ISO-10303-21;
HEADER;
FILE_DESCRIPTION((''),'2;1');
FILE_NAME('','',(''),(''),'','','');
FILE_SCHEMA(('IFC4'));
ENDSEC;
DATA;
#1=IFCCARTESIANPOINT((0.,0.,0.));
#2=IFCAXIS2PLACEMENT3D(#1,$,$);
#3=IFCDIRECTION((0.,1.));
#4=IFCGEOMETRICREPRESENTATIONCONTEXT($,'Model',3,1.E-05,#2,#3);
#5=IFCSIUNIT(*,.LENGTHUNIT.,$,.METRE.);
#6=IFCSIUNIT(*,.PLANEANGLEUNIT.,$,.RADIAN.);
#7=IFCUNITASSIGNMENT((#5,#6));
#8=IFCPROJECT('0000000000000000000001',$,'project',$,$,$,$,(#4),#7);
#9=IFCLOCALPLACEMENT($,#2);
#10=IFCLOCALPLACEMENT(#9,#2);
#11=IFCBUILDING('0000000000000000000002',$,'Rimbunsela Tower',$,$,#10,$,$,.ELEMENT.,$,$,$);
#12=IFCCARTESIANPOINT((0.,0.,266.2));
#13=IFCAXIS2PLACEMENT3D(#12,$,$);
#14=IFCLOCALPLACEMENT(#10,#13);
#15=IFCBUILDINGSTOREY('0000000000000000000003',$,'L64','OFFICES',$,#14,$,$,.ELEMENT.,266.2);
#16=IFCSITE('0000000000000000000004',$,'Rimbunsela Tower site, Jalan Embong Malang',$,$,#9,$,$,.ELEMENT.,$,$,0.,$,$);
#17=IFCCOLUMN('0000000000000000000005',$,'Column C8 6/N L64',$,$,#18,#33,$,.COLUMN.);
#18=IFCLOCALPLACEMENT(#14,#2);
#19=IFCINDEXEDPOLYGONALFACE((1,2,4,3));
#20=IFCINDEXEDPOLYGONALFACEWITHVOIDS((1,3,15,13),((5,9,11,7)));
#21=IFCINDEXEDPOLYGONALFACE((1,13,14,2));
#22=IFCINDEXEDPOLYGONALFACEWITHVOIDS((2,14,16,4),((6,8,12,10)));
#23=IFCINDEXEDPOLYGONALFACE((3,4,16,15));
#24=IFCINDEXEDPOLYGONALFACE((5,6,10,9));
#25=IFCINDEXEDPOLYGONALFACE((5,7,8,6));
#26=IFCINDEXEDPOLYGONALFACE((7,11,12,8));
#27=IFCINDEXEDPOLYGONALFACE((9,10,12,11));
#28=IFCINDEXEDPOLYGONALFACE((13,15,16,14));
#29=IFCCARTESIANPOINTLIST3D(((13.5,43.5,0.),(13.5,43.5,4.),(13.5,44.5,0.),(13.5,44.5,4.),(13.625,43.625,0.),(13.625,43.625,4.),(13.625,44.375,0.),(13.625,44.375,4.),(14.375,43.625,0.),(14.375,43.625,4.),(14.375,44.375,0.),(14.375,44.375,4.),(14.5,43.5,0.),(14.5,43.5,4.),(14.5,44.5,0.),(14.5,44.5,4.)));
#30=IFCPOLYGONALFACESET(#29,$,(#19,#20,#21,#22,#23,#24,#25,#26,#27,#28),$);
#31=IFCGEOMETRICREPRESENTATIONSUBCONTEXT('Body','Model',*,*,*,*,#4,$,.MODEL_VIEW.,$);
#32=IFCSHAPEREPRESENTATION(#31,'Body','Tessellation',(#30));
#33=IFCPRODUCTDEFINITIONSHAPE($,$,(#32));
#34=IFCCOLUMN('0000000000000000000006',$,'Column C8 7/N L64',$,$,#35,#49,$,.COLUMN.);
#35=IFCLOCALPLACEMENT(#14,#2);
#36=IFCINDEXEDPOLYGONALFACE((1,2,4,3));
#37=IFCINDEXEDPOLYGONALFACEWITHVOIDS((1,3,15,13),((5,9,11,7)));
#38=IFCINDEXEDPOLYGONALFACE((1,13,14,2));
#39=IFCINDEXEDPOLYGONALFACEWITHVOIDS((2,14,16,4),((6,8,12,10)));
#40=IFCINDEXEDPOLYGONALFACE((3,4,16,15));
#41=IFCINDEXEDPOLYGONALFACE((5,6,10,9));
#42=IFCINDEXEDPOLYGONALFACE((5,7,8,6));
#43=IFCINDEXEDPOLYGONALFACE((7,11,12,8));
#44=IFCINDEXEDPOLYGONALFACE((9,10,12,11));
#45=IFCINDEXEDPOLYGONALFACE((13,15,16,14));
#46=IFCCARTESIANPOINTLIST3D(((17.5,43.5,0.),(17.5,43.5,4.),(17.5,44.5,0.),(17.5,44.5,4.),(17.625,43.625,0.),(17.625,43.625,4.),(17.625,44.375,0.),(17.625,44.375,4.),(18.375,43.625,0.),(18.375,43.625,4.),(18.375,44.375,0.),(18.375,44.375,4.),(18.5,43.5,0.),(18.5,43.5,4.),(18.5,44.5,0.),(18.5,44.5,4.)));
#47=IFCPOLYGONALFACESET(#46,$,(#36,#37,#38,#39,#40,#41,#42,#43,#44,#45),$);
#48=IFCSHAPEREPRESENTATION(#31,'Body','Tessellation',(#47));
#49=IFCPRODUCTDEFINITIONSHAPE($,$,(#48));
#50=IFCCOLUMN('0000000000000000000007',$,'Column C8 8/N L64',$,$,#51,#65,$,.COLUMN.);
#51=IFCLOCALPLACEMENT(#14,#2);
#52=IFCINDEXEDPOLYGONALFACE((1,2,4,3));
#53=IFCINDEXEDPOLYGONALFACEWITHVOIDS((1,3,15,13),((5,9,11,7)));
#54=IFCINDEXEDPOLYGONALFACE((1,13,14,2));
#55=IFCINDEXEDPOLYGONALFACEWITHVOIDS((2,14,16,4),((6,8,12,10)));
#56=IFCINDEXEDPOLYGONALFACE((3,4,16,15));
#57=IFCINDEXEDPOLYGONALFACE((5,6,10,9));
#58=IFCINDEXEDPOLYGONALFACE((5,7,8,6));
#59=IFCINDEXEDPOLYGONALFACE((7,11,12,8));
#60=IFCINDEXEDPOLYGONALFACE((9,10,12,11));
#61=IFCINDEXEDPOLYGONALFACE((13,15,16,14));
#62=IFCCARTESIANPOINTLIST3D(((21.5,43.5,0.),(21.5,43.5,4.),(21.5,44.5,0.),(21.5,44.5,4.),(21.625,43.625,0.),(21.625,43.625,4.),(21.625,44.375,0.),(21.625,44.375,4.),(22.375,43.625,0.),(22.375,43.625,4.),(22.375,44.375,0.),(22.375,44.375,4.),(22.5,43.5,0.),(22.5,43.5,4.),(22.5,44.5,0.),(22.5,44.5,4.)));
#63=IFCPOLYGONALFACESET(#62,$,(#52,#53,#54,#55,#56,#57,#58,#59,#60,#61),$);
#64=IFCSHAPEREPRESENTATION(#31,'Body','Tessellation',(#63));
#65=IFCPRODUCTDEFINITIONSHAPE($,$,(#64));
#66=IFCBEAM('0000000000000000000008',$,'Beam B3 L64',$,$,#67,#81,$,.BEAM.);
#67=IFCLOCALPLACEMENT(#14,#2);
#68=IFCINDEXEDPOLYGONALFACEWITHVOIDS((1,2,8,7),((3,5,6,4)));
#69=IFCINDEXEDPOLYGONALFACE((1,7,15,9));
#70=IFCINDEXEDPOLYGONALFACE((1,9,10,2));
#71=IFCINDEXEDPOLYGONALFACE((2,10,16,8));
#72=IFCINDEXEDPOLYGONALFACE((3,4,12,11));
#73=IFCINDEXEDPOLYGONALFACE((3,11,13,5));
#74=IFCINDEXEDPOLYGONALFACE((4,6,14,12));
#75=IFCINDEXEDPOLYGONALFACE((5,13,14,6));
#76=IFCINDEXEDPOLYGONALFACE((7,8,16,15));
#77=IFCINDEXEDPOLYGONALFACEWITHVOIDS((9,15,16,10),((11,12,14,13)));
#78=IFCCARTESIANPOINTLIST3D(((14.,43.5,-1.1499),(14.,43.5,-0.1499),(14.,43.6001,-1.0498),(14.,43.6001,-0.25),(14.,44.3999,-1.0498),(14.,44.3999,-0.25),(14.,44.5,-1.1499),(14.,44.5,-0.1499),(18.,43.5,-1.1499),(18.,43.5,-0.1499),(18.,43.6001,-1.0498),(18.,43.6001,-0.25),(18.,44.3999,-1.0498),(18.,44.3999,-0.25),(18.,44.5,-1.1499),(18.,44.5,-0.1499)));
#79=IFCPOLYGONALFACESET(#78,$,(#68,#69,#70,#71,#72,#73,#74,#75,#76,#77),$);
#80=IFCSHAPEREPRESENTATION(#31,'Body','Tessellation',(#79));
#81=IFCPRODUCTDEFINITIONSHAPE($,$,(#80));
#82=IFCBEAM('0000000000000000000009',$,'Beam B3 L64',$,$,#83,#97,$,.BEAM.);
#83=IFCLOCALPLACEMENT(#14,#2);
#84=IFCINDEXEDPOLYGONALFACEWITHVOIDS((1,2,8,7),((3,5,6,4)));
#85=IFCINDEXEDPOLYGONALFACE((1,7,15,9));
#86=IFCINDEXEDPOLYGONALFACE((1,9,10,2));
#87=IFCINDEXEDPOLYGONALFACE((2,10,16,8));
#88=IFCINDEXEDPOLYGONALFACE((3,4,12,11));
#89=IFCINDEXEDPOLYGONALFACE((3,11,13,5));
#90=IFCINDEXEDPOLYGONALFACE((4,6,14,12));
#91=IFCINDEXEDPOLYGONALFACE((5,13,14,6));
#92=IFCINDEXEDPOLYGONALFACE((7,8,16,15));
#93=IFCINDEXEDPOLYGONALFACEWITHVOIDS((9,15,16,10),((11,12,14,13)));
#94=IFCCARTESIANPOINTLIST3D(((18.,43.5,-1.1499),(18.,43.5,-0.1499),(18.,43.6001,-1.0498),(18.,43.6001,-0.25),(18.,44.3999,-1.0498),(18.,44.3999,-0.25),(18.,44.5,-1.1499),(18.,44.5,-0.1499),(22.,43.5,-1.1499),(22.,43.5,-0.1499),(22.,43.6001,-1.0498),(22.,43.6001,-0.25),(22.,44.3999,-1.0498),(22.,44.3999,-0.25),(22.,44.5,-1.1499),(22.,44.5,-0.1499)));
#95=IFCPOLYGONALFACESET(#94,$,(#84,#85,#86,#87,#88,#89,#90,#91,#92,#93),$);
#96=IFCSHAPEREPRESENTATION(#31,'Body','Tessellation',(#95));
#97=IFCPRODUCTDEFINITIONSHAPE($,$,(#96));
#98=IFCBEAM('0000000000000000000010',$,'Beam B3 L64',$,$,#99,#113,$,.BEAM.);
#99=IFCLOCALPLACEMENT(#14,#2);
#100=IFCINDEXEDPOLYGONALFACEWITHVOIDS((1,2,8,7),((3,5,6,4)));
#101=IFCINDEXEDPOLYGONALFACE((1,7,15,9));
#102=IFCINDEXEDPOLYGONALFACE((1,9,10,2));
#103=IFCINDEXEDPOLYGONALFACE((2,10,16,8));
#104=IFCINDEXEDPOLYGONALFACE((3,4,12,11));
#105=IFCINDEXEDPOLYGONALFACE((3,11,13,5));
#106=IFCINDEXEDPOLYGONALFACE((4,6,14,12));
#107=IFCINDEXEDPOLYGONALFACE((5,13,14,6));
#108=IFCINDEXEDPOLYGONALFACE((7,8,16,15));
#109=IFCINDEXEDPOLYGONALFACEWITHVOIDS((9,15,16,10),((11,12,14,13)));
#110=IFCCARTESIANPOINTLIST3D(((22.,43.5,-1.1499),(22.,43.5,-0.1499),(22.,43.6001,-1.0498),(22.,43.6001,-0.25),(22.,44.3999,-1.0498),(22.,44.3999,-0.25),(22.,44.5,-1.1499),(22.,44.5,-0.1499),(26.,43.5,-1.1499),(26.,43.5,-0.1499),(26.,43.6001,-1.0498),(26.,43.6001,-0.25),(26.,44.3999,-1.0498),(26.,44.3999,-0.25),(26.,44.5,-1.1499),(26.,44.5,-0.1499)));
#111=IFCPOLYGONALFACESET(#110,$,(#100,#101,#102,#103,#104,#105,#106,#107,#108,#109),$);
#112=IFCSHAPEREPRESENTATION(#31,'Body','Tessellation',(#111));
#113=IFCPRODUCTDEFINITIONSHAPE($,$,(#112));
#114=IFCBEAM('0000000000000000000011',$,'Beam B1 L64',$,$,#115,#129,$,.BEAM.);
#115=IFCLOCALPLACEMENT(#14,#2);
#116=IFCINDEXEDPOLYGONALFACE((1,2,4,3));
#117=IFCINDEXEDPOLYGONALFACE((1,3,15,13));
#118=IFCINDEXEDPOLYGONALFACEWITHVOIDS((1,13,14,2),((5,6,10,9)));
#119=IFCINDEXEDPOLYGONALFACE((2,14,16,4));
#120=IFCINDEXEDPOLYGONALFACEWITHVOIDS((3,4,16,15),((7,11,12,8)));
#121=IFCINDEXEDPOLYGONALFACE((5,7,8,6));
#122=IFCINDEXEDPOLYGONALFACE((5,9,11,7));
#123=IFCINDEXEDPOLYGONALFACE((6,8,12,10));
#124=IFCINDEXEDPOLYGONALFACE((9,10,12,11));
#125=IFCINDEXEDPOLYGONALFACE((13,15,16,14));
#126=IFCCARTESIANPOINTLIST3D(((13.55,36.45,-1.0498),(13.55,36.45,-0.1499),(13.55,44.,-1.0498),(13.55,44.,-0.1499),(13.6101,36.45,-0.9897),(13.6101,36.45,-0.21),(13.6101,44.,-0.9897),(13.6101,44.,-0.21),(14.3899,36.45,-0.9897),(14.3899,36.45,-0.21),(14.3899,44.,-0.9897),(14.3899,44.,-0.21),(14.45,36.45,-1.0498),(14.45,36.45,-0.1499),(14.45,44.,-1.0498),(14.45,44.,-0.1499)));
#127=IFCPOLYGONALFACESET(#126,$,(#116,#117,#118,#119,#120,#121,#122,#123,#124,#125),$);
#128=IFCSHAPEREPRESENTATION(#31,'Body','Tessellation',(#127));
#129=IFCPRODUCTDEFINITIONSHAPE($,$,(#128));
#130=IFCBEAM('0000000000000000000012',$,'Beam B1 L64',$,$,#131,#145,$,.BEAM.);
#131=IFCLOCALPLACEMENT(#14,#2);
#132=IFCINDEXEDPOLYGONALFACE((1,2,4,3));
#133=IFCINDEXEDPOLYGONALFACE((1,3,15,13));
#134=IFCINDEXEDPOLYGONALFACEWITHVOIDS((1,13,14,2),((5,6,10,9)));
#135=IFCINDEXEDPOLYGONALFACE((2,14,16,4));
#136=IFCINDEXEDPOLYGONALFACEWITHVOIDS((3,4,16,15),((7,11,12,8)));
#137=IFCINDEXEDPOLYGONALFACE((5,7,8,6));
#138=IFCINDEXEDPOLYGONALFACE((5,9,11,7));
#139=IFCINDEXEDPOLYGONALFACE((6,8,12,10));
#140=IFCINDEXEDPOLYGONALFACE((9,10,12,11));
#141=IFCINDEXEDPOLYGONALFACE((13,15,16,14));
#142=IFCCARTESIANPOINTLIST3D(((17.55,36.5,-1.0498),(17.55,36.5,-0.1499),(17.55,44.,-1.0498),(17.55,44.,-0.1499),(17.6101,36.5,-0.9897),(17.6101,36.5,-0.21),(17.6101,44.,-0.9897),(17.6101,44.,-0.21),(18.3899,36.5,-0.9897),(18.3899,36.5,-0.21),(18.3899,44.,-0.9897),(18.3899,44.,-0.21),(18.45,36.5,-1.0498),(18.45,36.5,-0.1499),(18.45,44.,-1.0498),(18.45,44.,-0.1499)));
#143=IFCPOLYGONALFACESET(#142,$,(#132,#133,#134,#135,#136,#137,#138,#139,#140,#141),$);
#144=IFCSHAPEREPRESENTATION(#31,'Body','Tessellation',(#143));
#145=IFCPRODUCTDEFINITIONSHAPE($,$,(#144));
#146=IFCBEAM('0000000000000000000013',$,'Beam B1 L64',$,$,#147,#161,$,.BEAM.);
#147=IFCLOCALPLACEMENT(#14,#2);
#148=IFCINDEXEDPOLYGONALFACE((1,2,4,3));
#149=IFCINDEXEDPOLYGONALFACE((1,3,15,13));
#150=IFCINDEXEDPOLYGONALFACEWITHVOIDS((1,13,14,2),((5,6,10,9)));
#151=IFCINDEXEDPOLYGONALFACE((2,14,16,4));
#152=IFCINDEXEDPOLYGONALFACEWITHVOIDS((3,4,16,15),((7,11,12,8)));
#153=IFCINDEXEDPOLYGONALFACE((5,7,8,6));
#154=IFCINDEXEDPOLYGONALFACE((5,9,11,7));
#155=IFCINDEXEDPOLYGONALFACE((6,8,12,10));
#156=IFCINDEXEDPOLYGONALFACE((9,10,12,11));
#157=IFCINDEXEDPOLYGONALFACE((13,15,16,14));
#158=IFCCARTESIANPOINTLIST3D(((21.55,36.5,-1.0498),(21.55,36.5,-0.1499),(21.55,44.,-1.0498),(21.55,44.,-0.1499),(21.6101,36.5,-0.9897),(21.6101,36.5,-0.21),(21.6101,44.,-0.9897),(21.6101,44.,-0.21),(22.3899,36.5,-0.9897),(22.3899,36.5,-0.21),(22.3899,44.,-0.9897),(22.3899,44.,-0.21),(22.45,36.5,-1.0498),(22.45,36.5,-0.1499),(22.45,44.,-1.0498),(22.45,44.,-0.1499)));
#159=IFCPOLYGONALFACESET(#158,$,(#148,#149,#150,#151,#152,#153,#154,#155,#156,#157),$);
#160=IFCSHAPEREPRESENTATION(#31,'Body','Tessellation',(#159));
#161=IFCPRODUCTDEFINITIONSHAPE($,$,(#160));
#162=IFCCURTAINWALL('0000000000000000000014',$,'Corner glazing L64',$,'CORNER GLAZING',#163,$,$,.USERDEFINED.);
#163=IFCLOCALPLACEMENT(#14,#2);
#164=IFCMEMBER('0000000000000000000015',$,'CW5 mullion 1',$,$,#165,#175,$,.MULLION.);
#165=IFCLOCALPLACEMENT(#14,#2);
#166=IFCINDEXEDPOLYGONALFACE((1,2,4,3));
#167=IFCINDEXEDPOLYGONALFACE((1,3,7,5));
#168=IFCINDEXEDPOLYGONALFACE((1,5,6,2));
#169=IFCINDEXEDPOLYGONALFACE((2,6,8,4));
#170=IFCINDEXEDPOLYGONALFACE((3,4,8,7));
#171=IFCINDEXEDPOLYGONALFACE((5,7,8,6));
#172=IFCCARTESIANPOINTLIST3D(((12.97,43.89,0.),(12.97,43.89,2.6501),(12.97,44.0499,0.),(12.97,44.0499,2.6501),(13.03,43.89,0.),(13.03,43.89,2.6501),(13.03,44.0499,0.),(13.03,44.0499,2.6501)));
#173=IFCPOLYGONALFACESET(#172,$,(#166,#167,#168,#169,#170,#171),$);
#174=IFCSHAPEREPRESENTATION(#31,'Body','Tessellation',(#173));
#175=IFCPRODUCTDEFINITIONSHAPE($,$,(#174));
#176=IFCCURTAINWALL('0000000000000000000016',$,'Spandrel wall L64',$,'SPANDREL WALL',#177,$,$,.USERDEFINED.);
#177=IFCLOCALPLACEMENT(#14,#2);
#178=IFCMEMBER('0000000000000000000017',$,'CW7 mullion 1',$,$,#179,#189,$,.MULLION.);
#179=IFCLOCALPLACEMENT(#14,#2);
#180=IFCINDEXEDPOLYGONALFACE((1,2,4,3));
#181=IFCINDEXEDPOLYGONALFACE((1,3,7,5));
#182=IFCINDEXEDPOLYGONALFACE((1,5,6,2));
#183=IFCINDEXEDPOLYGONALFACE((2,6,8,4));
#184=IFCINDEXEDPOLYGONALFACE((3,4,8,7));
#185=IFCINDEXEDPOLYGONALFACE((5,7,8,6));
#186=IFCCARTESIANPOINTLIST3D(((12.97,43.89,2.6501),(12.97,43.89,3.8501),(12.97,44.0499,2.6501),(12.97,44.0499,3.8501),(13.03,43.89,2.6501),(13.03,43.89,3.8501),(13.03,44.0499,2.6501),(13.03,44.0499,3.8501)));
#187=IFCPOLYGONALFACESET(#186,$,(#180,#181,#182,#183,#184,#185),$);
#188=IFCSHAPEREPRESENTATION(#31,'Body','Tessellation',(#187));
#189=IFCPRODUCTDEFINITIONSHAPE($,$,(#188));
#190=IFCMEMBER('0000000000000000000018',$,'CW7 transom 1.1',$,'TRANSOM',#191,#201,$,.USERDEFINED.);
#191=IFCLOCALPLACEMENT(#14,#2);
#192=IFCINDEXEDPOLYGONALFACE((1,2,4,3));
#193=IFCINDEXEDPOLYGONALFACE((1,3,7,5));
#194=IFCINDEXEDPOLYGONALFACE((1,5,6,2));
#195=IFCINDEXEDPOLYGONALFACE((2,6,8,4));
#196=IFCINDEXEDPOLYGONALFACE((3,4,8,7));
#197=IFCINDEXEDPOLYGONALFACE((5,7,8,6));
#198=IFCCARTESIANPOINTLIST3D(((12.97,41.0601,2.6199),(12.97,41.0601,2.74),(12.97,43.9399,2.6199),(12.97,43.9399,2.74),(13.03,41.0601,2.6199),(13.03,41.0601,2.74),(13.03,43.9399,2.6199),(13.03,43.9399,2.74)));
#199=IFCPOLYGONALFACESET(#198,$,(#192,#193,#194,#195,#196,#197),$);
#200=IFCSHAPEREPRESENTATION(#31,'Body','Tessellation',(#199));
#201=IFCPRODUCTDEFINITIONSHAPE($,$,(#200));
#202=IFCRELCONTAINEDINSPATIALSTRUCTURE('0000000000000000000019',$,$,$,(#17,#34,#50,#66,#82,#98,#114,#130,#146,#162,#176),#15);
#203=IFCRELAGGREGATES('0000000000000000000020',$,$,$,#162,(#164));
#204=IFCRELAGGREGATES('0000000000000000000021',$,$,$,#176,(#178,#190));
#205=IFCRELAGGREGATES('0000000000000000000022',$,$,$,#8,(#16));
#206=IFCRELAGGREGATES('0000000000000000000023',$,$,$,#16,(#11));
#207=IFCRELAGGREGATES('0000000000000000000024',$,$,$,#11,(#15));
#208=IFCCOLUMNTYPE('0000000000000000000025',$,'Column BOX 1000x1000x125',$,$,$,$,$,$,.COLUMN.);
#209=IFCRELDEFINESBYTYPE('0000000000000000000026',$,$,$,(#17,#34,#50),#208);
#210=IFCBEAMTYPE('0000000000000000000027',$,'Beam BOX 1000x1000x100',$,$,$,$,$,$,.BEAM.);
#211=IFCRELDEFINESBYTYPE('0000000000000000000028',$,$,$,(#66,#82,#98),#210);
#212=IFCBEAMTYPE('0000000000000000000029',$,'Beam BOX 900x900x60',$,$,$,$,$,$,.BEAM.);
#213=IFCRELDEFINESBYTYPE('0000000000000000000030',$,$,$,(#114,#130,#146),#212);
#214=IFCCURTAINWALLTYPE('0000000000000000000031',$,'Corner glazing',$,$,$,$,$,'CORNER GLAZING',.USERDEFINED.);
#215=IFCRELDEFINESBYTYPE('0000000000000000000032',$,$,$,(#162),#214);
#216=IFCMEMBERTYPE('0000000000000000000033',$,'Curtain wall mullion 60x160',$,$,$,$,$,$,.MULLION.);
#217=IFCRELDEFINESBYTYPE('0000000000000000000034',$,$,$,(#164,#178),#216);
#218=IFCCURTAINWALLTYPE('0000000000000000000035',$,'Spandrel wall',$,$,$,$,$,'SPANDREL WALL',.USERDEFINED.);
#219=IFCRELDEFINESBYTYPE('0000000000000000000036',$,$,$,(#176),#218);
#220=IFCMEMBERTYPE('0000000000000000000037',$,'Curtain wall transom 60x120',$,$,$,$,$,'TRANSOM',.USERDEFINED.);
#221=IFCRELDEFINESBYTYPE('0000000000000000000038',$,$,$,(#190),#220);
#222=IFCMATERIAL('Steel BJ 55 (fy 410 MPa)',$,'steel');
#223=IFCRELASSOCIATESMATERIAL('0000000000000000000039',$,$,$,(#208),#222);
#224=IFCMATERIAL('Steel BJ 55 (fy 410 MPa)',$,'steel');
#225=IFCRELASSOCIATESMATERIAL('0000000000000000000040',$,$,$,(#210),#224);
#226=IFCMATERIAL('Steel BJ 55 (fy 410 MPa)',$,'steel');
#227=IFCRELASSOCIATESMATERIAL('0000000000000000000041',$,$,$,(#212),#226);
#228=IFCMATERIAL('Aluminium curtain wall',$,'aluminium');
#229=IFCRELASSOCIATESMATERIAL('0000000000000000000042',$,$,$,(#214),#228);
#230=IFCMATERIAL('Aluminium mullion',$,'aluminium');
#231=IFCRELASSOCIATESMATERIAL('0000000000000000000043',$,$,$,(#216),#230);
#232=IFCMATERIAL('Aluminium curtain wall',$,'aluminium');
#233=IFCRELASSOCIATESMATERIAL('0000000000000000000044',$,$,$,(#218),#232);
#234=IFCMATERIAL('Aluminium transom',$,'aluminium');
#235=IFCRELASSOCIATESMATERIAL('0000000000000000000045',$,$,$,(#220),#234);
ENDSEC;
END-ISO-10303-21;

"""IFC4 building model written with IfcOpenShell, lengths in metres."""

from ifc_helpers import new_model, si_unit, direction, frame, origin, origin_2d, place, context, subcontext, project, spatial, rectangle, hollow_rectangle, extrude, material, material_profile, profile_set, type_object, element, aggregate, save


model = new_model("IFC4")

# Units and contexts
model_context = context("Model", 3, precision=1e-05, world=origin(), true_north=direction((0.0, 1.0)))
body_context = subcontext(model_context, "Body", "Model", "MODEL_VIEW")
ifc_project = project(units=[si_unit("LENGTHUNIT", "METRE"), si_unit("PLANEANGLEUNIT", "RADIAN")], contexts=[model_context])

# Site, building, storey
site_placement = place(None, origin())
site = spatial("IfcSite", under=ifc_project, at=site_placement, Name="Rimbunsela Tower site, Jalan Embong Malang", CompositionType="ELEMENT", RefElevation=0.0)
building_placement = place(site_placement, origin())
building = spatial("IfcBuilding", under=site, at=building_placement, Name="Rimbunsela Tower", CompositionType="ELEMENT")
storey_placement = place(building_placement, frame((0.0, 0.0, 266.2)))
storey = spatial("IfcBuildingStorey", under=building, at=storey_placement, Name="L64", Description="OFFICES", CompositionType="ELEMENT", Elevation=266.2)

# Columns
ifc_material_1 = material(Name="Steel BJ 55 (fy 410 MPa)", Category="steel")
ifc_material_profile_1 = material_profile(ifc_material_1, hollow_rectangle(XDim=1.0, YDim=1.0, WallThickness=0.125, at=origin_2d()), Name="BOX 1000x1000x125")
ifc_profile_set_1 = profile_set([ifc_material_profile_1], Name="Steel BJ 55 (fy 410 MPa)")
column_type = type_object("IfcColumnType", Name="Column BOX 1000x1000x125", PredefinedType="COLUMN", material=ifc_profile_set_1)
for number, where, z_axis, x_axis, name in (
    (1, (14.0, 44.0, 0.0), (0.0, 0.0, 1.0), (1.0, 0.0, 0.0), "Column C8 6/N L64"),
    (2, (18.0, 44.0, 0.0), (0.0, 0.0, 1.0), (1.0, 0.0, 0.0), "Column C8 7/N L64"),
    (3, (22.0, 44.0, 0.0), (0.0, 0.0, 1.0), (1.0, 0.0, 0.0), "Column C8 8/N L64"),
):
    element("IfcColumn", number, at=place(storey_placement, frame(where, z_axis=z_axis, x_axis=x_axis)), inside=storey, type_object=column_type, Name=name, PredefinedType="COLUMN", context=body_context, shape_type="SweptSolid", body=[
        extrude(hollow_rectangle(XDim=1.0, YDim=1.0, WallThickness=0.125, at=origin_2d()), origin(), (0.0, 0.0, 1.0), 4.0),
    ])

# Beams
ifc_material_2 = material(Name="Steel BJ 55 (fy 410 MPa)", Category="steel")
ifc_material_profile_2 = material_profile(ifc_material_2, hollow_rectangle(XDim=1.0, YDim=1.0, WallThickness=0.1001, at=origin_2d()), Name="BOX 1000x1000x100")
ifc_profile_set_2 = profile_set([ifc_material_profile_2], Name="Steel BJ 55 (fy 410 MPa)")
beam_type_1 = type_object("IfcBeamType", Name="Beam BOX 1000x1000x100", PredefinedType="BEAM", material=ifc_profile_set_2)
for number, where, z_axis, x_axis, name in (
    (4, (14.0, 44.0, -0.6499), (1.0, 0.0, 0.0), (0.0, 1.0, 0.0), "Beam B3 L64"),
    (5, (18.0, 44.0, -0.6499), (1.0, 0.0, 0.0), (0.0, 1.0, 0.0), "Beam B3 L64"),
    (6, (22.0, 44.0, -0.6499), (1.0, 0.0, 0.0), (0.0, 1.0, 0.0), "Beam B3 L64"),
):
    element("IfcBeam", number, at=place(storey_placement, frame(where, z_axis=z_axis, x_axis=x_axis)), inside=storey, type_object=beam_type_1, Name=name, PredefinedType="BEAM", context=body_context, shape_type="SweptSolid", body=[
        extrude(hollow_rectangle(XDim=1.0, YDim=1.0, WallThickness=0.1001, at=origin_2d()), origin(), (0.0, 0.0, 1.0), 4.0),
    ])
ifc_material_3 = material(Name="Steel BJ 55 (fy 410 MPa)", Category="steel")
ifc_material_profile_3 = material_profile(ifc_material_3, hollow_rectangle(XDim=0.8999, YDim=0.8999, WallThickness=0.0601, at=origin_2d()), Name="BOX 900x900x60")
ifc_profile_set_3 = profile_set([ifc_material_profile_3], Name="Steel BJ 55 (fy 410 MPa)")
beam_type_2 = type_object("IfcBeamType", Name="Beam BOX 900x900x60", PredefinedType="BEAM", material=ifc_profile_set_3)
beam_placement = place(storey_placement, frame((14.0, 36.45, -0.5999), z_axis=(0.0, 1.0, 0.0), x_axis=(-1.0, 0.0, 0.0)))
element("IfcBeam", 7, at=beam_placement, inside=storey, type_object=beam_type_2, Name="Beam B1 L64", PredefinedType="BEAM", context=body_context, shape_type="SweptSolid", body=[
    extrude(hollow_rectangle(XDim=0.8999, YDim=0.8999, WallThickness=0.0601, at=origin_2d()), origin(), (0.0, 0.0, 1.0), 7.55),
])
for number, where, z_axis, x_axis, name in (
    (8, (18.0, 36.5, -0.5999), (0.0, 1.0, 0.0), (-1.0, 0.0, 0.0), "Beam B1 L64"),
    (9, (22.0, 36.5, -0.5999), (0.0, 1.0, 0.0), (-1.0, 0.0, 0.0), "Beam B1 L64"),
):
    element("IfcBeam", number, at=place(storey_placement, frame(where, z_axis=z_axis, x_axis=x_axis)), inside=storey, type_object=beam_type_2, Name=name, PredefinedType="BEAM", context=body_context, shape_type="SweptSolid", body=[
        extrude(hollow_rectangle(XDim=0.8999, YDim=0.8999, WallThickness=0.0601, at=origin_2d()), origin(), (0.0, 0.0, 1.0), 7.5),
    ])

# Curtain wall, member
ifc_material_4 = material(Name="Aluminium curtain wall", Category="aluminium")
curtain_wall_type_1 = type_object("IfcCurtainWallType", Name="Corner glazing", ElementType="CORNER GLAZING", PredefinedType="USERDEFINED", material=ifc_material_4)
curtain_wall_1_placement = place(storey_placement, origin())
curtain_wall_1 = element("IfcCurtainWall", 10, at=curtain_wall_1_placement, inside=storey, type_object=curtain_wall_type_1, Name="Corner glazing L64", ObjectType="CORNER GLAZING", PredefinedType="USERDEFINED")
ifc_material_5 = material(Name="Aluminium mullion", Category="aluminium")
ifc_material_profile_4 = material_profile(ifc_material_5, rectangle(XDim=0.0601, YDim=0.1599, at=origin_2d()), Name="Mullion 60x160")
ifc_profile_set_4 = profile_set([ifc_material_profile_4], Name="Aluminium mullion")
member_type_1 = type_object("IfcMemberType", Name="Curtain wall mullion 60x160", PredefinedType="MULLION", material=ifc_profile_set_4)
member_1_placement = place(storey_placement, frame((13.0, 43.97, 0.0), z_axis=(0.0, 0.0, 1.0), x_axis=(1.0, 0.0, 0.0)))
member_1 = element("IfcMember", 11, at=member_1_placement, type_object=member_type_1, Name="CW5 mullion 1", PredefinedType="MULLION", context=body_context, shape_type="SweptSolid", body=[
    extrude(rectangle(XDim=0.0601, YDim=0.1599, at=origin_2d()), origin(), (0.0, 0.0, 1.0), 2.6501),
])
aggregate(curtain_wall_1, [member_1])

# Curtain wall, members
ifc_material_6 = material(Name="Aluminium curtain wall", Category="aluminium")
curtain_wall_type_2 = type_object("IfcCurtainWallType", Name="Spandrel wall", ElementType="SPANDREL WALL", PredefinedType="USERDEFINED", material=ifc_material_6)
curtain_wall_2_placement = place(storey_placement, origin())
curtain_wall_2 = element("IfcCurtainWall", 12, at=curtain_wall_2_placement, inside=storey, type_object=curtain_wall_type_2, Name="Spandrel wall L64", ObjectType="SPANDREL WALL", PredefinedType="USERDEFINED")
member_2_placement = place(storey_placement, frame((13.0, 43.97, 2.6501), z_axis=(0.0, 0.0, 1.0), x_axis=(1.0, 0.0, 0.0)))
member_2 = element("IfcMember", 13, at=member_2_placement, type_object=member_type_1, Name="CW7 mullion 1", PredefinedType="MULLION", context=body_context, shape_type="SweptSolid", body=[
    extrude(rectangle(XDim=0.0601, YDim=0.1599, at=origin_2d()), origin(), (0.0, 0.0, 1.0), 1.2),
])
ifc_material_7 = material(Name="Aluminium transom", Category="aluminium")
ifc_material_profile_5 = material_profile(ifc_material_7, rectangle(XDim=0.0601, YDim=0.1201, at=origin_2d()), Name="Transom 60x120")
ifc_profile_set_5 = profile_set([ifc_material_profile_5], Name="Aluminium transom")
member_type_2 = type_object("IfcMemberType", Name="Curtain wall transom 60x120", ElementType="TRANSOM", PredefinedType="USERDEFINED", material=ifc_profile_set_5)
member_3_placement = place(storey_placement, frame((13.0, 43.9399, 2.6799), z_axis=(0.0, -1.0, 0.0), x_axis=(1.0, 0.0, 0.0)))
member_3 = element("IfcMember", 14, at=member_3_placement, type_object=member_type_2, Name="CW7 transom 1.1", ObjectType="TRANSOM", PredefinedType="USERDEFINED", context=body_context, shape_type="SweptSolid", body=[
    extrude(rectangle(XDim=0.0601, YDim=0.1201, at=origin_2d()), origin(), (0.0, 0.0, 1.0), 2.8799),
])
aggregate(curtain_wall_2, [member_2, member_3])

save(model, "model.ifc")
